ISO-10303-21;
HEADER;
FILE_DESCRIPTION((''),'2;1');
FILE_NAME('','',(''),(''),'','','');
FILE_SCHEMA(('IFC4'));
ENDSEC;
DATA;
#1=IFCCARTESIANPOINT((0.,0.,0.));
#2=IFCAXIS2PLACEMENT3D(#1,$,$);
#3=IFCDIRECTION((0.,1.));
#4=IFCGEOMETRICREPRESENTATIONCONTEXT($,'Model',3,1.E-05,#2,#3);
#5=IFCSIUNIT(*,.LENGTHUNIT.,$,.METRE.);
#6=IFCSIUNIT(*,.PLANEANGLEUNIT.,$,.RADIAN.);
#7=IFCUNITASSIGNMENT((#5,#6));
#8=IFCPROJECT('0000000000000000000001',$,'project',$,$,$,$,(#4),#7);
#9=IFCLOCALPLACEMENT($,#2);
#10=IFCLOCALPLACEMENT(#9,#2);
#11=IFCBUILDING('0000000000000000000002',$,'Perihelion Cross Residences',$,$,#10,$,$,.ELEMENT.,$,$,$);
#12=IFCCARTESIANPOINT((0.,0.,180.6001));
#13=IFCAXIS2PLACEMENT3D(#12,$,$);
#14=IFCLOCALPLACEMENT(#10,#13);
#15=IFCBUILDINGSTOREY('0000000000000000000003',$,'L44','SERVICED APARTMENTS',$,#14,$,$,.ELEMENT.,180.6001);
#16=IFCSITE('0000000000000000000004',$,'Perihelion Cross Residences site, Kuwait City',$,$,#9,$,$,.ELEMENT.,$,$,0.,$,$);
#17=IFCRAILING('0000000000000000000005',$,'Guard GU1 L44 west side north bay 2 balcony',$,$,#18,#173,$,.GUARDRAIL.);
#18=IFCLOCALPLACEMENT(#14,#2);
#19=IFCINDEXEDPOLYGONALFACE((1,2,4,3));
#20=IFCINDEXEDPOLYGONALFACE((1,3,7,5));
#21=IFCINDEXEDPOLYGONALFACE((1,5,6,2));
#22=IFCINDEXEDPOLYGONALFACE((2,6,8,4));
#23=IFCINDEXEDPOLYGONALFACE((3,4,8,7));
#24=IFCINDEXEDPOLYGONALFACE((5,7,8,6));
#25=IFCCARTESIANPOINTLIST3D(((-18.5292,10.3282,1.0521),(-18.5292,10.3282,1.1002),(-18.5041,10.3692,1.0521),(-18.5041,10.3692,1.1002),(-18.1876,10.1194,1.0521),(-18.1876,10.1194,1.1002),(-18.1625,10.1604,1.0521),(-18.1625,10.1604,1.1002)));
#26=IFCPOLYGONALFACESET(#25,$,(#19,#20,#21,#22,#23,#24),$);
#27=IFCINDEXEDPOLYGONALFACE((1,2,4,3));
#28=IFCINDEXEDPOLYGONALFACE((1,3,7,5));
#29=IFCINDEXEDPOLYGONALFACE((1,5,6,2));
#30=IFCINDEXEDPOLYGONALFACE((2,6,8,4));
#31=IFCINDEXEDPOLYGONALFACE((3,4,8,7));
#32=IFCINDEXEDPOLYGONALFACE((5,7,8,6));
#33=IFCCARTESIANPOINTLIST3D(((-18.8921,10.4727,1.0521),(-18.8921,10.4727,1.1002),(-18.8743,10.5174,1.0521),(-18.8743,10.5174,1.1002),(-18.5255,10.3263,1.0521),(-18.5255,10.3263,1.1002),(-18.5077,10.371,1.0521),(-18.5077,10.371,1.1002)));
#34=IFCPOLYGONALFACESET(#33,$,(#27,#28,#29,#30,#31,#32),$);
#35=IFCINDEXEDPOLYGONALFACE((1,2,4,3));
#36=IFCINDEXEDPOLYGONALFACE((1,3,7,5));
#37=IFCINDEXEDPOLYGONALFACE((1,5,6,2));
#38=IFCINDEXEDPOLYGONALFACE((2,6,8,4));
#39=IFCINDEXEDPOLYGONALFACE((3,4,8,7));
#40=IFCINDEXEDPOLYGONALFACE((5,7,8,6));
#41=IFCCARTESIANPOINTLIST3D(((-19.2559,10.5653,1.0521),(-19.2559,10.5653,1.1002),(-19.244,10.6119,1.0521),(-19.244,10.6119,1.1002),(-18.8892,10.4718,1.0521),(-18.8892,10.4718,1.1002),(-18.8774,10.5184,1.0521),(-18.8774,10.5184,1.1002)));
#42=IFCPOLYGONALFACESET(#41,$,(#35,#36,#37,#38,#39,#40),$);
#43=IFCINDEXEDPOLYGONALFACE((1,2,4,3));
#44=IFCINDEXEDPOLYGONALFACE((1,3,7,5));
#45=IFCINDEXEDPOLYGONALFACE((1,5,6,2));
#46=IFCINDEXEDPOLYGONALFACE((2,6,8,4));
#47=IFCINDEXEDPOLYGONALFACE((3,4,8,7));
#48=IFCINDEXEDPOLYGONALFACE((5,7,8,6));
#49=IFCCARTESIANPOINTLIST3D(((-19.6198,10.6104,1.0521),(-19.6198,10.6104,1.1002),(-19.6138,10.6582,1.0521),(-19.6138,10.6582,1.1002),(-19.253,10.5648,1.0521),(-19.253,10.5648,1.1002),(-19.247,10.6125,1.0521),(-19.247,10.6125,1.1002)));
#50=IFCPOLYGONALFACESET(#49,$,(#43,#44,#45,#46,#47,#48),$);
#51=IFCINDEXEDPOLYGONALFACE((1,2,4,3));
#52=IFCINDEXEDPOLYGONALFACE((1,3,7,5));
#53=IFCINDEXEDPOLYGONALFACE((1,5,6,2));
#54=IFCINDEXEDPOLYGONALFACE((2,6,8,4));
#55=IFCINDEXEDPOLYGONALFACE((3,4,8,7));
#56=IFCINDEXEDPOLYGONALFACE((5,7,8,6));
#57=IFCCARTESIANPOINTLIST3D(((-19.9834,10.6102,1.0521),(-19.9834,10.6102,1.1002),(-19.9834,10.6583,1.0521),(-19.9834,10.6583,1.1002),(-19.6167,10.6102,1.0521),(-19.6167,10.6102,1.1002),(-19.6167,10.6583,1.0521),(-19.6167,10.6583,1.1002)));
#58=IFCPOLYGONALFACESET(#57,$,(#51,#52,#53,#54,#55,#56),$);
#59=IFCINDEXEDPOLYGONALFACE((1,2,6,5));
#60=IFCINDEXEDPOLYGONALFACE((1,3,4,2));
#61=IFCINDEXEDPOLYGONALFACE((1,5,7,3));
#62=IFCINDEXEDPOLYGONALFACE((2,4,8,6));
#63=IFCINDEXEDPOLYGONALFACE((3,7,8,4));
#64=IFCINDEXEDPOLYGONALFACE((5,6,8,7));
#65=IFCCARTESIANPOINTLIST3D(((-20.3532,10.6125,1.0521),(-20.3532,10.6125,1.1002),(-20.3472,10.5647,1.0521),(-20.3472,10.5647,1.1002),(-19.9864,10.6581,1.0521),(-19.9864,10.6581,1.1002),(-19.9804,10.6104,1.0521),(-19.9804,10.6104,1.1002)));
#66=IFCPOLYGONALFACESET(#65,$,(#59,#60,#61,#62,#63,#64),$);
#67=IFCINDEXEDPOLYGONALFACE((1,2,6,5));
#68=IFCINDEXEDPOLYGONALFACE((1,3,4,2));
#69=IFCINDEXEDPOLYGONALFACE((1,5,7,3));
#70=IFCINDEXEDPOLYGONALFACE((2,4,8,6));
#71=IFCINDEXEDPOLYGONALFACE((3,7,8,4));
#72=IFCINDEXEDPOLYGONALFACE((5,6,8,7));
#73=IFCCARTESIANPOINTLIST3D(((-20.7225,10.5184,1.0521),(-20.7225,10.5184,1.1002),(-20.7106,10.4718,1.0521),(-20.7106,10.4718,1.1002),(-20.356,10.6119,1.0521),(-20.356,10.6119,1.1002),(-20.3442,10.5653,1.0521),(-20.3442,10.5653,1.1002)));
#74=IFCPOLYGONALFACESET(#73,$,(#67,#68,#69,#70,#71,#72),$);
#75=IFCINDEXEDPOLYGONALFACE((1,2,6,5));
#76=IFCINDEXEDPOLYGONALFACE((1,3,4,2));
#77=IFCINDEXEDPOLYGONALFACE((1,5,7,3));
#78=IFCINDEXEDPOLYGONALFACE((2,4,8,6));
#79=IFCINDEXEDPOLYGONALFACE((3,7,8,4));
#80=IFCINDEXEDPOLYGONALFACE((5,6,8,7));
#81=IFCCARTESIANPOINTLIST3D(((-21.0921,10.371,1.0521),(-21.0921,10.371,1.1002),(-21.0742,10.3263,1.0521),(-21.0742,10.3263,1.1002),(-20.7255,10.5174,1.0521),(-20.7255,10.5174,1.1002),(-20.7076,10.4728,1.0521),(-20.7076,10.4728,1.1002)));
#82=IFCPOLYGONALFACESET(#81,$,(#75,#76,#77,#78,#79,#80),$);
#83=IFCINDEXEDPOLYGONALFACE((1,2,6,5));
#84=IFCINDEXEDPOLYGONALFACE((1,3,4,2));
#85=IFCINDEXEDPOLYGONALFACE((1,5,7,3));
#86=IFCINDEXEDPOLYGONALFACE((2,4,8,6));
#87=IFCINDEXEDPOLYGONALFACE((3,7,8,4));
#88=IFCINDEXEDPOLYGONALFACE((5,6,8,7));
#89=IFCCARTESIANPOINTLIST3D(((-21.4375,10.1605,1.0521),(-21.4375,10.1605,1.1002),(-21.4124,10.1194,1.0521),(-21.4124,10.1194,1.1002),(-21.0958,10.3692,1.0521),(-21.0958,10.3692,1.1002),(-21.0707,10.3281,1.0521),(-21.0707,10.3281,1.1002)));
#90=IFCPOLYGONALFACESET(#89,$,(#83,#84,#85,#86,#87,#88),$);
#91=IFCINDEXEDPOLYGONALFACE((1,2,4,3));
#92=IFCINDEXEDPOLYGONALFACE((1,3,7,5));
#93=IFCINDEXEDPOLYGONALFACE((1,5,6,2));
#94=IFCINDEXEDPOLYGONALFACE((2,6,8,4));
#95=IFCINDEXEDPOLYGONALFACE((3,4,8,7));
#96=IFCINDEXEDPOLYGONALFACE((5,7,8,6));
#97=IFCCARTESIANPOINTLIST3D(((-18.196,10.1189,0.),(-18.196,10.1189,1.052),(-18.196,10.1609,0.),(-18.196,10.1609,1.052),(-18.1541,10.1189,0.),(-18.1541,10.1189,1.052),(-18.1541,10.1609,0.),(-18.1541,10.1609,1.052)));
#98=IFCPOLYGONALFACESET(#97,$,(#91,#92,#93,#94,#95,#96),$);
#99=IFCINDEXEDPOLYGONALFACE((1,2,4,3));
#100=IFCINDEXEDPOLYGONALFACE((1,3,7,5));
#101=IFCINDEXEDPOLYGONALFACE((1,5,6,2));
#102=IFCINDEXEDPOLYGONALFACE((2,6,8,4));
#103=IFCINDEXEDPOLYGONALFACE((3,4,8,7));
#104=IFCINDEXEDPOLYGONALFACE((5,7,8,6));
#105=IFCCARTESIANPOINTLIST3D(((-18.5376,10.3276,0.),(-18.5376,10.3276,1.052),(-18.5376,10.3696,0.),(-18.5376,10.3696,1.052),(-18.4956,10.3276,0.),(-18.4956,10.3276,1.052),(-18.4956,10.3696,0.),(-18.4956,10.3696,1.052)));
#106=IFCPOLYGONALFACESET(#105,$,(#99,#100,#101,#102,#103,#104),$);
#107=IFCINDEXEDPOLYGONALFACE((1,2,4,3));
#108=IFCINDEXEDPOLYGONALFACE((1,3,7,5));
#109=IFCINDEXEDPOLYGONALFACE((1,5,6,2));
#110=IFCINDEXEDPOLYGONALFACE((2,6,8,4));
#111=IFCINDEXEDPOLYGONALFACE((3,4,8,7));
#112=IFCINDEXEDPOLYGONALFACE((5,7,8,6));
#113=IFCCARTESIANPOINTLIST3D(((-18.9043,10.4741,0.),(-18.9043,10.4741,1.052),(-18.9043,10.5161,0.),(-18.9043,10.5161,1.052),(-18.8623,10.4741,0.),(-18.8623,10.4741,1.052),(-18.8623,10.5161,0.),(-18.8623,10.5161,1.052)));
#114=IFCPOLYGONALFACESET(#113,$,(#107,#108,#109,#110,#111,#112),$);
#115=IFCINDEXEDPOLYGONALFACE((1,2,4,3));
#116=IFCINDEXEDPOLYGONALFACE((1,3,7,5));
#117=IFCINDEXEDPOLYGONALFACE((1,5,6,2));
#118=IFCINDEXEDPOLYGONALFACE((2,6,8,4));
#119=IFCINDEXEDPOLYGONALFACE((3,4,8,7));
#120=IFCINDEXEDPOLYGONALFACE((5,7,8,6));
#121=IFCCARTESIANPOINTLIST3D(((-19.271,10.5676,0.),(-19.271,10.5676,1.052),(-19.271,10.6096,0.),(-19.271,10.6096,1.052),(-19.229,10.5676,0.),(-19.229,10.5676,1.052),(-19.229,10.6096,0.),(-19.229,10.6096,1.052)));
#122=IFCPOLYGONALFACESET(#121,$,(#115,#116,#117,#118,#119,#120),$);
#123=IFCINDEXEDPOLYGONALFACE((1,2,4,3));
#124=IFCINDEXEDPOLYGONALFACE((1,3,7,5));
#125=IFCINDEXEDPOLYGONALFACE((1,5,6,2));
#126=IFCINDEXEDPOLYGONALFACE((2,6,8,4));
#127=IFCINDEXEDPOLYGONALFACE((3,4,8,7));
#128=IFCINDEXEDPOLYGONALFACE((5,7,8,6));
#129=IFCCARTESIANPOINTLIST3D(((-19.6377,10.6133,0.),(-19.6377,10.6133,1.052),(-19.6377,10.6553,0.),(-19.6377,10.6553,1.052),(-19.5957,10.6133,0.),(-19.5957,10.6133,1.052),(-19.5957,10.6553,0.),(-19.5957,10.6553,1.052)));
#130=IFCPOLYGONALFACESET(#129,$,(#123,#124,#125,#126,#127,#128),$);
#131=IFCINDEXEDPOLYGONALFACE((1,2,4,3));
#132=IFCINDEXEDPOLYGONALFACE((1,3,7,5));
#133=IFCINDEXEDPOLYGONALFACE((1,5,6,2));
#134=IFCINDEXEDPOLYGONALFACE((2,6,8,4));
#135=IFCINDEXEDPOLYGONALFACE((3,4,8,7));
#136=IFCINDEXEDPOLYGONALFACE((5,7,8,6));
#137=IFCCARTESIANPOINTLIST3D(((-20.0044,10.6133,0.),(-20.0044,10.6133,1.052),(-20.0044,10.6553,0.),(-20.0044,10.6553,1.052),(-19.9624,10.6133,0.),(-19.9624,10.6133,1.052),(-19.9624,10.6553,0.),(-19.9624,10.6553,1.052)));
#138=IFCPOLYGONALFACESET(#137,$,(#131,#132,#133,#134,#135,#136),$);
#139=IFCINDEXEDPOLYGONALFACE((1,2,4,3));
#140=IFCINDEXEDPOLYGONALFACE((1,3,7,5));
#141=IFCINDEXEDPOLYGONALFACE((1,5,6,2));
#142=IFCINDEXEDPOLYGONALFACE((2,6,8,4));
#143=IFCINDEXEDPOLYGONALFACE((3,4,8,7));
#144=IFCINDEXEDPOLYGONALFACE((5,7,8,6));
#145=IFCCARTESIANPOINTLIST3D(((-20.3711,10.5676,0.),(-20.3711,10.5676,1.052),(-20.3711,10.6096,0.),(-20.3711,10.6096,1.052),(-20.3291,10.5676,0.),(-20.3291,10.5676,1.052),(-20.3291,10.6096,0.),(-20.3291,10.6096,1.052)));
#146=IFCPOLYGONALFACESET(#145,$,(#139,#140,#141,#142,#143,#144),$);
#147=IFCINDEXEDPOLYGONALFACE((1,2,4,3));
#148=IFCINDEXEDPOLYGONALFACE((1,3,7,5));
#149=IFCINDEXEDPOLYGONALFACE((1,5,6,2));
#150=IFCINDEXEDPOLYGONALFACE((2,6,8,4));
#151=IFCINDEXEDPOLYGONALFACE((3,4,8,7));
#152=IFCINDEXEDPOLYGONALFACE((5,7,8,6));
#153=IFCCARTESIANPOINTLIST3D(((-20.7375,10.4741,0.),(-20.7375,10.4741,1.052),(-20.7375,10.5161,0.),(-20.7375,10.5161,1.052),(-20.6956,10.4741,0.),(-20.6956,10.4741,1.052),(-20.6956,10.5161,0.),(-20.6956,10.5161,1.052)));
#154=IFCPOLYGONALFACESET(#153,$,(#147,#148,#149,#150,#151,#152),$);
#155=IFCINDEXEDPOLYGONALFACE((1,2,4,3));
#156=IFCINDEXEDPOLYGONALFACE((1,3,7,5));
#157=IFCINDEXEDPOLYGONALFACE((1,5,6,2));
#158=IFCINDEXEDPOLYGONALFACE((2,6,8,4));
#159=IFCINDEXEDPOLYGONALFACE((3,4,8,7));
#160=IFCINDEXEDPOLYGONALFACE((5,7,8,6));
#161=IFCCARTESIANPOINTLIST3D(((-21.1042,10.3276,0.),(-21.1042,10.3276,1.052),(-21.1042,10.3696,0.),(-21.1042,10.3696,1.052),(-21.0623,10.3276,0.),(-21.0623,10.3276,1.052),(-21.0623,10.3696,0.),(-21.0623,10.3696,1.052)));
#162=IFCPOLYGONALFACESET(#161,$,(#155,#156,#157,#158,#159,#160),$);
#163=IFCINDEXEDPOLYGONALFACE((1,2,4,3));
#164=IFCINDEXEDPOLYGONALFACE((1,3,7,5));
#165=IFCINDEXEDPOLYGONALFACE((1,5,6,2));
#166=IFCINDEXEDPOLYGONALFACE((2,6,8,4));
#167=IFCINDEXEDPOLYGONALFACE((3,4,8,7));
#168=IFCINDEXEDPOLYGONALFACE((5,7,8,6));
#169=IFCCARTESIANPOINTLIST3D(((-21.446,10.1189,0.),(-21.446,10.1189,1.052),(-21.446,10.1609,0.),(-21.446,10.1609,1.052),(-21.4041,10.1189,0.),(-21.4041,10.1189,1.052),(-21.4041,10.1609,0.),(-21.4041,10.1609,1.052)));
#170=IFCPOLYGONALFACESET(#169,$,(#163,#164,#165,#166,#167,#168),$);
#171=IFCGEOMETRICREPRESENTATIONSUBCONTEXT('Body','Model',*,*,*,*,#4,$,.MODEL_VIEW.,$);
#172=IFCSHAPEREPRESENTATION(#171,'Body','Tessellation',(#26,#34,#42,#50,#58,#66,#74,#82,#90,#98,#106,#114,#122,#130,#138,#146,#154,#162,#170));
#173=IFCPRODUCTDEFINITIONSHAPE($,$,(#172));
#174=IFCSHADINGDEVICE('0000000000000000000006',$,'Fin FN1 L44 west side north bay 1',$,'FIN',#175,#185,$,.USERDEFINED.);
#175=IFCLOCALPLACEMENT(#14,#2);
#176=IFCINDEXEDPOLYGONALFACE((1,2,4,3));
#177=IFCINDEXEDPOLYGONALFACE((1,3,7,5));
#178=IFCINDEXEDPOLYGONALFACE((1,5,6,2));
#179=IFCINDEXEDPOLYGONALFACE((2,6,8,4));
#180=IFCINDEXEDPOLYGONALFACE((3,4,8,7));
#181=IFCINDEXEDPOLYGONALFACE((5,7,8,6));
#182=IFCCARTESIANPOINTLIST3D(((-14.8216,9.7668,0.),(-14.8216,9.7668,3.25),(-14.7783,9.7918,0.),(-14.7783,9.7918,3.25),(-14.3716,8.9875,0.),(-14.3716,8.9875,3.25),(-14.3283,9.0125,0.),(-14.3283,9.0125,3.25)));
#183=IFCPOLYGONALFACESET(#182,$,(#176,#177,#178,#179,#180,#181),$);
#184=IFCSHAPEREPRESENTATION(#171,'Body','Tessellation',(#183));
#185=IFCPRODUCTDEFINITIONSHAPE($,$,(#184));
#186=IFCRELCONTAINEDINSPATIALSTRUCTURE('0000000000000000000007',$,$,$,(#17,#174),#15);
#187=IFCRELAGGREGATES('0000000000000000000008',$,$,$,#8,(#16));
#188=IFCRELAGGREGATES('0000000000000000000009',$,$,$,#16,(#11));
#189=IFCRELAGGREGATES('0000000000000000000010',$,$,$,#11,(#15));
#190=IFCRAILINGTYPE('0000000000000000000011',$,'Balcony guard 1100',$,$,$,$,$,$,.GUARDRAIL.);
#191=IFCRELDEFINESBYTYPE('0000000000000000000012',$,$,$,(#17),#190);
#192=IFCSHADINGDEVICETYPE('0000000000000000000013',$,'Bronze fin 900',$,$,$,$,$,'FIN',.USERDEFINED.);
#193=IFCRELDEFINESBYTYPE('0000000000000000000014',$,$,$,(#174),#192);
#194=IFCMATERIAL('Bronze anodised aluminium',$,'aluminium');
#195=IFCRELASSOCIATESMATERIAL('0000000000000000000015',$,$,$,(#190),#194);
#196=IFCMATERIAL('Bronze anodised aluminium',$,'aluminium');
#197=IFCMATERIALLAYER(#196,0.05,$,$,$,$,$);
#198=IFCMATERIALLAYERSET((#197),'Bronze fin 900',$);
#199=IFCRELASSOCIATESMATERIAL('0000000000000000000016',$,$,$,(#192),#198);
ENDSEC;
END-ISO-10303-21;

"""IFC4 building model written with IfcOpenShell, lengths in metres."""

from ifc_helpers import new_model, si_unit, direction, frame, origin, origin_2d, place, context, subcontext, project, spatial, rectangle, extrude, material, layer, layer_set, type_object, element, save


model = new_model("IFC4")

# Units and contexts
model_context = context("Model", 3, precision=1e-05, world=origin(), true_north=direction((0.0, 1.0)))
body_context = subcontext(model_context, "Body", "Model", "MODEL_VIEW")
ifc_project = project(units=[si_unit("LENGTHUNIT", "METRE"), si_unit("PLANEANGLEUNIT", "RADIAN")], contexts=[model_context])

# Site, building, storey
site_placement = place(None, origin())
site = spatial("IfcSite", under=ifc_project, at=site_placement, Name="Perihelion Cross Residences site, Kuwait City", CompositionType="ELEMENT", RefElevation=0.0)
building_placement = place(site_placement, origin())
building = spatial("IfcBuilding", under=site, at=building_placement, Name="Perihelion Cross Residences", CompositionType="ELEMENT")
storey_placement = place(building_placement, frame((0.0, 0.0, 180.6001)))
storey = spatial("IfcBuildingStorey", under=building, at=storey_placement, Name="L44", Description="SERVICED APARTMENTS", CompositionType="ELEMENT", Elevation=180.6001)

# Railing
ifc_material_1 = material(Name="Bronze anodised aluminium", Category="aluminium")
railing_type = type_object("IfcRailingType", Name="Balcony guard 1100", PredefinedType="GUARDRAIL", material=ifc_material_1)
railing_1_placement = place(storey_placement, frame((-18.175, 10.1399, 0.0)))
element("IfcRailing", 1, at=railing_1_placement, inside=storey, type_object=railing_type, Name="Guard GU1 L44 west side north bay 2 balcony", PredefinedType="GUARDRAIL", context=body_context, shape_type="SweptSolid", body=[
    extrude(rectangle(XDim=0.0481, YDim=0.0481, at=origin_2d()), frame((0.0, 0.0, 1.0762), z_axis=(-0.853267, 0.521475, 0.0), x_axis=(-0.521475, -0.853267, 0.0)), (0.0, 0.0, 1.0), 0.4004),
    extrude(rectangle(XDim=0.0481, YDim=0.0481, at=origin_2d()), frame((-0.3416, 0.2087, 1.0762), z_axis=(-0.928647, 0.370964, 0.0), x_axis=(-0.370964, -0.928647, 0.0)), (0.0, 0.0, 1.0), 0.3948),
    extrude(rectangle(XDim=0.0481, YDim=0.0481, at=origin_2d()), frame((-0.7083, 0.3552, 1.0762), z_axis=(-0.968993, 0.247087, 0.0), x_axis=(-0.247087, -0.968993, 0.0)), (0.0, 0.0, 1.0), 0.3784),
    extrude(rectangle(XDim=0.0481, YDim=0.0481, at=origin_2d()), frame((-1.075, 0.4487, 1.0762), z_axis=(-0.992339, 0.123547, 0.0), x_axis=(-0.123547, -0.992339, 0.0)), (0.0, 0.0, 1.0), 0.3696),
    extrude(rectangle(XDim=0.0481, YDim=0.0481, at=origin_2d()), frame((-1.4417, 0.4944, 1.0762), z_axis=(-1.0, 0.0, 0.0), x_axis=(0.0, -1.0, 0.0)), (0.0, 0.0, 1.0), 0.3667),
    extrude(rectangle(XDim=0.0481, YDim=0.0481, at=origin_2d()), frame((-1.8083, 0.4944, 1.0762), z_axis=(-0.992339, -0.123547, 0.0), x_axis=(0.123547, -0.992339, 0.0)), (0.0, 0.0, 1.0), 0.3696),
    extrude(rectangle(XDim=0.0481, YDim=0.0481, at=origin_2d()), frame((-2.175, 0.4487, 1.0762), z_axis=(-0.968954, -0.247241, 0.0), x_axis=(0.247241, -0.968954, 0.0)), (0.0, 0.0, 1.0), 0.3782),
    extrude(rectangle(XDim=0.0481, YDim=0.0481, at=origin_2d()), frame((-2.5415, 0.3552, 1.0762), z_axis=(-0.928647, -0.370964, 0.0), x_axis=(0.370964, -0.928647, 0.0)), (0.0, 0.0, 1.0), 0.3948),
    extrude(rectangle(XDim=0.0481, YDim=0.0481, at=origin_2d()), frame((-2.9082, 0.2087, 1.0762), z_axis=(-0.853432, -0.521203, 0.0), x_axis=(0.521203, -0.853432, 0.0)), (0.0, 0.0, 1.0), 0.4004),
    extrude(rectangle(XDim=0.042, YDim=0.042, at=origin_2d()), origin(), (0.0, 0.0, 1.0), 1.052),
    extrude(rectangle(XDim=0.042, YDim=0.042, at=origin_2d()), frame((-0.3416, 0.2087, 0.0)), (0.0, 0.0, 1.0), 1.052),
    extrude(rectangle(XDim=0.042, YDim=0.042, at=origin_2d()), frame((-0.7083, 0.3552, 0.0)), (0.0, 0.0, 1.0), 1.052),
    extrude(rectangle(XDim=0.042, YDim=0.042, at=origin_2d()), frame((-1.075, 0.4487, 0.0)), (0.0, 0.0, 1.0), 1.052),
    extrude(rectangle(XDim=0.042, YDim=0.042, at=origin_2d()), frame((-1.4417, 0.4944, 0.0)), (0.0, 0.0, 1.0), 1.052),
    extrude(rectangle(XDim=0.042, YDim=0.042, at=origin_2d()), frame((-1.8083, 0.4944, 0.0)), (0.0, 0.0, 1.0), 1.052),
    extrude(rectangle(XDim=0.042, YDim=0.042, at=origin_2d()), frame((-2.175, 0.4487, 0.0)), (0.0, 0.0, 1.0), 1.052),
    extrude(rectangle(XDim=0.042, YDim=0.042, at=origin_2d()), frame((-2.5415, 0.3552, 0.0)), (0.0, 0.0, 1.0), 1.052),
    extrude(rectangle(XDim=0.042, YDim=0.042, at=origin_2d()), frame((-2.9082, 0.2087, 0.0)), (0.0, 0.0, 1.0), 1.052),
    extrude(rectangle(XDim=0.042, YDim=0.042, at=origin_2d()), frame((-3.25, 0.0, 0.0)), (0.0, 0.0, 1.0), 1.052),
])

# Shading device
ifc_material_2 = material(Name="Bronze anodised aluminium", Category="aluminium")
ifc_layer_1 = layer(ifc_material_2, 0.05)
ifc_layer_set_1 = layer_set([ifc_layer_1], Name="Bronze fin 900")
shading_device_type = type_object("IfcShadingDeviceType", Name="Bronze fin 900", ElementType="FIN", PredefinedType="USERDEFINED", material=ifc_layer_set_1)
shading_device_placement = place(storey_placement, frame((-14.575, 9.3896, 0.0), z_axis=(0.0, 0.0, 1.0), x_axis=(-0.5, 0.866025, 0.0)))
element("IfcShadingDevice", 2, at=shading_device_placement, inside=storey, type_object=shading_device_type, Name="Fin FN1 L44 west side north bay 1", ObjectType="FIN", PredefinedType="USERDEFINED", context=body_context, shape_type="SweptSolid", body=[
    extrude(rectangle(XDim=0.8999, YDim=0.05, at=origin_2d()), origin(), (0.0, 0.0, 1.0), 3.25),
])

save(model, "model.ifc")
